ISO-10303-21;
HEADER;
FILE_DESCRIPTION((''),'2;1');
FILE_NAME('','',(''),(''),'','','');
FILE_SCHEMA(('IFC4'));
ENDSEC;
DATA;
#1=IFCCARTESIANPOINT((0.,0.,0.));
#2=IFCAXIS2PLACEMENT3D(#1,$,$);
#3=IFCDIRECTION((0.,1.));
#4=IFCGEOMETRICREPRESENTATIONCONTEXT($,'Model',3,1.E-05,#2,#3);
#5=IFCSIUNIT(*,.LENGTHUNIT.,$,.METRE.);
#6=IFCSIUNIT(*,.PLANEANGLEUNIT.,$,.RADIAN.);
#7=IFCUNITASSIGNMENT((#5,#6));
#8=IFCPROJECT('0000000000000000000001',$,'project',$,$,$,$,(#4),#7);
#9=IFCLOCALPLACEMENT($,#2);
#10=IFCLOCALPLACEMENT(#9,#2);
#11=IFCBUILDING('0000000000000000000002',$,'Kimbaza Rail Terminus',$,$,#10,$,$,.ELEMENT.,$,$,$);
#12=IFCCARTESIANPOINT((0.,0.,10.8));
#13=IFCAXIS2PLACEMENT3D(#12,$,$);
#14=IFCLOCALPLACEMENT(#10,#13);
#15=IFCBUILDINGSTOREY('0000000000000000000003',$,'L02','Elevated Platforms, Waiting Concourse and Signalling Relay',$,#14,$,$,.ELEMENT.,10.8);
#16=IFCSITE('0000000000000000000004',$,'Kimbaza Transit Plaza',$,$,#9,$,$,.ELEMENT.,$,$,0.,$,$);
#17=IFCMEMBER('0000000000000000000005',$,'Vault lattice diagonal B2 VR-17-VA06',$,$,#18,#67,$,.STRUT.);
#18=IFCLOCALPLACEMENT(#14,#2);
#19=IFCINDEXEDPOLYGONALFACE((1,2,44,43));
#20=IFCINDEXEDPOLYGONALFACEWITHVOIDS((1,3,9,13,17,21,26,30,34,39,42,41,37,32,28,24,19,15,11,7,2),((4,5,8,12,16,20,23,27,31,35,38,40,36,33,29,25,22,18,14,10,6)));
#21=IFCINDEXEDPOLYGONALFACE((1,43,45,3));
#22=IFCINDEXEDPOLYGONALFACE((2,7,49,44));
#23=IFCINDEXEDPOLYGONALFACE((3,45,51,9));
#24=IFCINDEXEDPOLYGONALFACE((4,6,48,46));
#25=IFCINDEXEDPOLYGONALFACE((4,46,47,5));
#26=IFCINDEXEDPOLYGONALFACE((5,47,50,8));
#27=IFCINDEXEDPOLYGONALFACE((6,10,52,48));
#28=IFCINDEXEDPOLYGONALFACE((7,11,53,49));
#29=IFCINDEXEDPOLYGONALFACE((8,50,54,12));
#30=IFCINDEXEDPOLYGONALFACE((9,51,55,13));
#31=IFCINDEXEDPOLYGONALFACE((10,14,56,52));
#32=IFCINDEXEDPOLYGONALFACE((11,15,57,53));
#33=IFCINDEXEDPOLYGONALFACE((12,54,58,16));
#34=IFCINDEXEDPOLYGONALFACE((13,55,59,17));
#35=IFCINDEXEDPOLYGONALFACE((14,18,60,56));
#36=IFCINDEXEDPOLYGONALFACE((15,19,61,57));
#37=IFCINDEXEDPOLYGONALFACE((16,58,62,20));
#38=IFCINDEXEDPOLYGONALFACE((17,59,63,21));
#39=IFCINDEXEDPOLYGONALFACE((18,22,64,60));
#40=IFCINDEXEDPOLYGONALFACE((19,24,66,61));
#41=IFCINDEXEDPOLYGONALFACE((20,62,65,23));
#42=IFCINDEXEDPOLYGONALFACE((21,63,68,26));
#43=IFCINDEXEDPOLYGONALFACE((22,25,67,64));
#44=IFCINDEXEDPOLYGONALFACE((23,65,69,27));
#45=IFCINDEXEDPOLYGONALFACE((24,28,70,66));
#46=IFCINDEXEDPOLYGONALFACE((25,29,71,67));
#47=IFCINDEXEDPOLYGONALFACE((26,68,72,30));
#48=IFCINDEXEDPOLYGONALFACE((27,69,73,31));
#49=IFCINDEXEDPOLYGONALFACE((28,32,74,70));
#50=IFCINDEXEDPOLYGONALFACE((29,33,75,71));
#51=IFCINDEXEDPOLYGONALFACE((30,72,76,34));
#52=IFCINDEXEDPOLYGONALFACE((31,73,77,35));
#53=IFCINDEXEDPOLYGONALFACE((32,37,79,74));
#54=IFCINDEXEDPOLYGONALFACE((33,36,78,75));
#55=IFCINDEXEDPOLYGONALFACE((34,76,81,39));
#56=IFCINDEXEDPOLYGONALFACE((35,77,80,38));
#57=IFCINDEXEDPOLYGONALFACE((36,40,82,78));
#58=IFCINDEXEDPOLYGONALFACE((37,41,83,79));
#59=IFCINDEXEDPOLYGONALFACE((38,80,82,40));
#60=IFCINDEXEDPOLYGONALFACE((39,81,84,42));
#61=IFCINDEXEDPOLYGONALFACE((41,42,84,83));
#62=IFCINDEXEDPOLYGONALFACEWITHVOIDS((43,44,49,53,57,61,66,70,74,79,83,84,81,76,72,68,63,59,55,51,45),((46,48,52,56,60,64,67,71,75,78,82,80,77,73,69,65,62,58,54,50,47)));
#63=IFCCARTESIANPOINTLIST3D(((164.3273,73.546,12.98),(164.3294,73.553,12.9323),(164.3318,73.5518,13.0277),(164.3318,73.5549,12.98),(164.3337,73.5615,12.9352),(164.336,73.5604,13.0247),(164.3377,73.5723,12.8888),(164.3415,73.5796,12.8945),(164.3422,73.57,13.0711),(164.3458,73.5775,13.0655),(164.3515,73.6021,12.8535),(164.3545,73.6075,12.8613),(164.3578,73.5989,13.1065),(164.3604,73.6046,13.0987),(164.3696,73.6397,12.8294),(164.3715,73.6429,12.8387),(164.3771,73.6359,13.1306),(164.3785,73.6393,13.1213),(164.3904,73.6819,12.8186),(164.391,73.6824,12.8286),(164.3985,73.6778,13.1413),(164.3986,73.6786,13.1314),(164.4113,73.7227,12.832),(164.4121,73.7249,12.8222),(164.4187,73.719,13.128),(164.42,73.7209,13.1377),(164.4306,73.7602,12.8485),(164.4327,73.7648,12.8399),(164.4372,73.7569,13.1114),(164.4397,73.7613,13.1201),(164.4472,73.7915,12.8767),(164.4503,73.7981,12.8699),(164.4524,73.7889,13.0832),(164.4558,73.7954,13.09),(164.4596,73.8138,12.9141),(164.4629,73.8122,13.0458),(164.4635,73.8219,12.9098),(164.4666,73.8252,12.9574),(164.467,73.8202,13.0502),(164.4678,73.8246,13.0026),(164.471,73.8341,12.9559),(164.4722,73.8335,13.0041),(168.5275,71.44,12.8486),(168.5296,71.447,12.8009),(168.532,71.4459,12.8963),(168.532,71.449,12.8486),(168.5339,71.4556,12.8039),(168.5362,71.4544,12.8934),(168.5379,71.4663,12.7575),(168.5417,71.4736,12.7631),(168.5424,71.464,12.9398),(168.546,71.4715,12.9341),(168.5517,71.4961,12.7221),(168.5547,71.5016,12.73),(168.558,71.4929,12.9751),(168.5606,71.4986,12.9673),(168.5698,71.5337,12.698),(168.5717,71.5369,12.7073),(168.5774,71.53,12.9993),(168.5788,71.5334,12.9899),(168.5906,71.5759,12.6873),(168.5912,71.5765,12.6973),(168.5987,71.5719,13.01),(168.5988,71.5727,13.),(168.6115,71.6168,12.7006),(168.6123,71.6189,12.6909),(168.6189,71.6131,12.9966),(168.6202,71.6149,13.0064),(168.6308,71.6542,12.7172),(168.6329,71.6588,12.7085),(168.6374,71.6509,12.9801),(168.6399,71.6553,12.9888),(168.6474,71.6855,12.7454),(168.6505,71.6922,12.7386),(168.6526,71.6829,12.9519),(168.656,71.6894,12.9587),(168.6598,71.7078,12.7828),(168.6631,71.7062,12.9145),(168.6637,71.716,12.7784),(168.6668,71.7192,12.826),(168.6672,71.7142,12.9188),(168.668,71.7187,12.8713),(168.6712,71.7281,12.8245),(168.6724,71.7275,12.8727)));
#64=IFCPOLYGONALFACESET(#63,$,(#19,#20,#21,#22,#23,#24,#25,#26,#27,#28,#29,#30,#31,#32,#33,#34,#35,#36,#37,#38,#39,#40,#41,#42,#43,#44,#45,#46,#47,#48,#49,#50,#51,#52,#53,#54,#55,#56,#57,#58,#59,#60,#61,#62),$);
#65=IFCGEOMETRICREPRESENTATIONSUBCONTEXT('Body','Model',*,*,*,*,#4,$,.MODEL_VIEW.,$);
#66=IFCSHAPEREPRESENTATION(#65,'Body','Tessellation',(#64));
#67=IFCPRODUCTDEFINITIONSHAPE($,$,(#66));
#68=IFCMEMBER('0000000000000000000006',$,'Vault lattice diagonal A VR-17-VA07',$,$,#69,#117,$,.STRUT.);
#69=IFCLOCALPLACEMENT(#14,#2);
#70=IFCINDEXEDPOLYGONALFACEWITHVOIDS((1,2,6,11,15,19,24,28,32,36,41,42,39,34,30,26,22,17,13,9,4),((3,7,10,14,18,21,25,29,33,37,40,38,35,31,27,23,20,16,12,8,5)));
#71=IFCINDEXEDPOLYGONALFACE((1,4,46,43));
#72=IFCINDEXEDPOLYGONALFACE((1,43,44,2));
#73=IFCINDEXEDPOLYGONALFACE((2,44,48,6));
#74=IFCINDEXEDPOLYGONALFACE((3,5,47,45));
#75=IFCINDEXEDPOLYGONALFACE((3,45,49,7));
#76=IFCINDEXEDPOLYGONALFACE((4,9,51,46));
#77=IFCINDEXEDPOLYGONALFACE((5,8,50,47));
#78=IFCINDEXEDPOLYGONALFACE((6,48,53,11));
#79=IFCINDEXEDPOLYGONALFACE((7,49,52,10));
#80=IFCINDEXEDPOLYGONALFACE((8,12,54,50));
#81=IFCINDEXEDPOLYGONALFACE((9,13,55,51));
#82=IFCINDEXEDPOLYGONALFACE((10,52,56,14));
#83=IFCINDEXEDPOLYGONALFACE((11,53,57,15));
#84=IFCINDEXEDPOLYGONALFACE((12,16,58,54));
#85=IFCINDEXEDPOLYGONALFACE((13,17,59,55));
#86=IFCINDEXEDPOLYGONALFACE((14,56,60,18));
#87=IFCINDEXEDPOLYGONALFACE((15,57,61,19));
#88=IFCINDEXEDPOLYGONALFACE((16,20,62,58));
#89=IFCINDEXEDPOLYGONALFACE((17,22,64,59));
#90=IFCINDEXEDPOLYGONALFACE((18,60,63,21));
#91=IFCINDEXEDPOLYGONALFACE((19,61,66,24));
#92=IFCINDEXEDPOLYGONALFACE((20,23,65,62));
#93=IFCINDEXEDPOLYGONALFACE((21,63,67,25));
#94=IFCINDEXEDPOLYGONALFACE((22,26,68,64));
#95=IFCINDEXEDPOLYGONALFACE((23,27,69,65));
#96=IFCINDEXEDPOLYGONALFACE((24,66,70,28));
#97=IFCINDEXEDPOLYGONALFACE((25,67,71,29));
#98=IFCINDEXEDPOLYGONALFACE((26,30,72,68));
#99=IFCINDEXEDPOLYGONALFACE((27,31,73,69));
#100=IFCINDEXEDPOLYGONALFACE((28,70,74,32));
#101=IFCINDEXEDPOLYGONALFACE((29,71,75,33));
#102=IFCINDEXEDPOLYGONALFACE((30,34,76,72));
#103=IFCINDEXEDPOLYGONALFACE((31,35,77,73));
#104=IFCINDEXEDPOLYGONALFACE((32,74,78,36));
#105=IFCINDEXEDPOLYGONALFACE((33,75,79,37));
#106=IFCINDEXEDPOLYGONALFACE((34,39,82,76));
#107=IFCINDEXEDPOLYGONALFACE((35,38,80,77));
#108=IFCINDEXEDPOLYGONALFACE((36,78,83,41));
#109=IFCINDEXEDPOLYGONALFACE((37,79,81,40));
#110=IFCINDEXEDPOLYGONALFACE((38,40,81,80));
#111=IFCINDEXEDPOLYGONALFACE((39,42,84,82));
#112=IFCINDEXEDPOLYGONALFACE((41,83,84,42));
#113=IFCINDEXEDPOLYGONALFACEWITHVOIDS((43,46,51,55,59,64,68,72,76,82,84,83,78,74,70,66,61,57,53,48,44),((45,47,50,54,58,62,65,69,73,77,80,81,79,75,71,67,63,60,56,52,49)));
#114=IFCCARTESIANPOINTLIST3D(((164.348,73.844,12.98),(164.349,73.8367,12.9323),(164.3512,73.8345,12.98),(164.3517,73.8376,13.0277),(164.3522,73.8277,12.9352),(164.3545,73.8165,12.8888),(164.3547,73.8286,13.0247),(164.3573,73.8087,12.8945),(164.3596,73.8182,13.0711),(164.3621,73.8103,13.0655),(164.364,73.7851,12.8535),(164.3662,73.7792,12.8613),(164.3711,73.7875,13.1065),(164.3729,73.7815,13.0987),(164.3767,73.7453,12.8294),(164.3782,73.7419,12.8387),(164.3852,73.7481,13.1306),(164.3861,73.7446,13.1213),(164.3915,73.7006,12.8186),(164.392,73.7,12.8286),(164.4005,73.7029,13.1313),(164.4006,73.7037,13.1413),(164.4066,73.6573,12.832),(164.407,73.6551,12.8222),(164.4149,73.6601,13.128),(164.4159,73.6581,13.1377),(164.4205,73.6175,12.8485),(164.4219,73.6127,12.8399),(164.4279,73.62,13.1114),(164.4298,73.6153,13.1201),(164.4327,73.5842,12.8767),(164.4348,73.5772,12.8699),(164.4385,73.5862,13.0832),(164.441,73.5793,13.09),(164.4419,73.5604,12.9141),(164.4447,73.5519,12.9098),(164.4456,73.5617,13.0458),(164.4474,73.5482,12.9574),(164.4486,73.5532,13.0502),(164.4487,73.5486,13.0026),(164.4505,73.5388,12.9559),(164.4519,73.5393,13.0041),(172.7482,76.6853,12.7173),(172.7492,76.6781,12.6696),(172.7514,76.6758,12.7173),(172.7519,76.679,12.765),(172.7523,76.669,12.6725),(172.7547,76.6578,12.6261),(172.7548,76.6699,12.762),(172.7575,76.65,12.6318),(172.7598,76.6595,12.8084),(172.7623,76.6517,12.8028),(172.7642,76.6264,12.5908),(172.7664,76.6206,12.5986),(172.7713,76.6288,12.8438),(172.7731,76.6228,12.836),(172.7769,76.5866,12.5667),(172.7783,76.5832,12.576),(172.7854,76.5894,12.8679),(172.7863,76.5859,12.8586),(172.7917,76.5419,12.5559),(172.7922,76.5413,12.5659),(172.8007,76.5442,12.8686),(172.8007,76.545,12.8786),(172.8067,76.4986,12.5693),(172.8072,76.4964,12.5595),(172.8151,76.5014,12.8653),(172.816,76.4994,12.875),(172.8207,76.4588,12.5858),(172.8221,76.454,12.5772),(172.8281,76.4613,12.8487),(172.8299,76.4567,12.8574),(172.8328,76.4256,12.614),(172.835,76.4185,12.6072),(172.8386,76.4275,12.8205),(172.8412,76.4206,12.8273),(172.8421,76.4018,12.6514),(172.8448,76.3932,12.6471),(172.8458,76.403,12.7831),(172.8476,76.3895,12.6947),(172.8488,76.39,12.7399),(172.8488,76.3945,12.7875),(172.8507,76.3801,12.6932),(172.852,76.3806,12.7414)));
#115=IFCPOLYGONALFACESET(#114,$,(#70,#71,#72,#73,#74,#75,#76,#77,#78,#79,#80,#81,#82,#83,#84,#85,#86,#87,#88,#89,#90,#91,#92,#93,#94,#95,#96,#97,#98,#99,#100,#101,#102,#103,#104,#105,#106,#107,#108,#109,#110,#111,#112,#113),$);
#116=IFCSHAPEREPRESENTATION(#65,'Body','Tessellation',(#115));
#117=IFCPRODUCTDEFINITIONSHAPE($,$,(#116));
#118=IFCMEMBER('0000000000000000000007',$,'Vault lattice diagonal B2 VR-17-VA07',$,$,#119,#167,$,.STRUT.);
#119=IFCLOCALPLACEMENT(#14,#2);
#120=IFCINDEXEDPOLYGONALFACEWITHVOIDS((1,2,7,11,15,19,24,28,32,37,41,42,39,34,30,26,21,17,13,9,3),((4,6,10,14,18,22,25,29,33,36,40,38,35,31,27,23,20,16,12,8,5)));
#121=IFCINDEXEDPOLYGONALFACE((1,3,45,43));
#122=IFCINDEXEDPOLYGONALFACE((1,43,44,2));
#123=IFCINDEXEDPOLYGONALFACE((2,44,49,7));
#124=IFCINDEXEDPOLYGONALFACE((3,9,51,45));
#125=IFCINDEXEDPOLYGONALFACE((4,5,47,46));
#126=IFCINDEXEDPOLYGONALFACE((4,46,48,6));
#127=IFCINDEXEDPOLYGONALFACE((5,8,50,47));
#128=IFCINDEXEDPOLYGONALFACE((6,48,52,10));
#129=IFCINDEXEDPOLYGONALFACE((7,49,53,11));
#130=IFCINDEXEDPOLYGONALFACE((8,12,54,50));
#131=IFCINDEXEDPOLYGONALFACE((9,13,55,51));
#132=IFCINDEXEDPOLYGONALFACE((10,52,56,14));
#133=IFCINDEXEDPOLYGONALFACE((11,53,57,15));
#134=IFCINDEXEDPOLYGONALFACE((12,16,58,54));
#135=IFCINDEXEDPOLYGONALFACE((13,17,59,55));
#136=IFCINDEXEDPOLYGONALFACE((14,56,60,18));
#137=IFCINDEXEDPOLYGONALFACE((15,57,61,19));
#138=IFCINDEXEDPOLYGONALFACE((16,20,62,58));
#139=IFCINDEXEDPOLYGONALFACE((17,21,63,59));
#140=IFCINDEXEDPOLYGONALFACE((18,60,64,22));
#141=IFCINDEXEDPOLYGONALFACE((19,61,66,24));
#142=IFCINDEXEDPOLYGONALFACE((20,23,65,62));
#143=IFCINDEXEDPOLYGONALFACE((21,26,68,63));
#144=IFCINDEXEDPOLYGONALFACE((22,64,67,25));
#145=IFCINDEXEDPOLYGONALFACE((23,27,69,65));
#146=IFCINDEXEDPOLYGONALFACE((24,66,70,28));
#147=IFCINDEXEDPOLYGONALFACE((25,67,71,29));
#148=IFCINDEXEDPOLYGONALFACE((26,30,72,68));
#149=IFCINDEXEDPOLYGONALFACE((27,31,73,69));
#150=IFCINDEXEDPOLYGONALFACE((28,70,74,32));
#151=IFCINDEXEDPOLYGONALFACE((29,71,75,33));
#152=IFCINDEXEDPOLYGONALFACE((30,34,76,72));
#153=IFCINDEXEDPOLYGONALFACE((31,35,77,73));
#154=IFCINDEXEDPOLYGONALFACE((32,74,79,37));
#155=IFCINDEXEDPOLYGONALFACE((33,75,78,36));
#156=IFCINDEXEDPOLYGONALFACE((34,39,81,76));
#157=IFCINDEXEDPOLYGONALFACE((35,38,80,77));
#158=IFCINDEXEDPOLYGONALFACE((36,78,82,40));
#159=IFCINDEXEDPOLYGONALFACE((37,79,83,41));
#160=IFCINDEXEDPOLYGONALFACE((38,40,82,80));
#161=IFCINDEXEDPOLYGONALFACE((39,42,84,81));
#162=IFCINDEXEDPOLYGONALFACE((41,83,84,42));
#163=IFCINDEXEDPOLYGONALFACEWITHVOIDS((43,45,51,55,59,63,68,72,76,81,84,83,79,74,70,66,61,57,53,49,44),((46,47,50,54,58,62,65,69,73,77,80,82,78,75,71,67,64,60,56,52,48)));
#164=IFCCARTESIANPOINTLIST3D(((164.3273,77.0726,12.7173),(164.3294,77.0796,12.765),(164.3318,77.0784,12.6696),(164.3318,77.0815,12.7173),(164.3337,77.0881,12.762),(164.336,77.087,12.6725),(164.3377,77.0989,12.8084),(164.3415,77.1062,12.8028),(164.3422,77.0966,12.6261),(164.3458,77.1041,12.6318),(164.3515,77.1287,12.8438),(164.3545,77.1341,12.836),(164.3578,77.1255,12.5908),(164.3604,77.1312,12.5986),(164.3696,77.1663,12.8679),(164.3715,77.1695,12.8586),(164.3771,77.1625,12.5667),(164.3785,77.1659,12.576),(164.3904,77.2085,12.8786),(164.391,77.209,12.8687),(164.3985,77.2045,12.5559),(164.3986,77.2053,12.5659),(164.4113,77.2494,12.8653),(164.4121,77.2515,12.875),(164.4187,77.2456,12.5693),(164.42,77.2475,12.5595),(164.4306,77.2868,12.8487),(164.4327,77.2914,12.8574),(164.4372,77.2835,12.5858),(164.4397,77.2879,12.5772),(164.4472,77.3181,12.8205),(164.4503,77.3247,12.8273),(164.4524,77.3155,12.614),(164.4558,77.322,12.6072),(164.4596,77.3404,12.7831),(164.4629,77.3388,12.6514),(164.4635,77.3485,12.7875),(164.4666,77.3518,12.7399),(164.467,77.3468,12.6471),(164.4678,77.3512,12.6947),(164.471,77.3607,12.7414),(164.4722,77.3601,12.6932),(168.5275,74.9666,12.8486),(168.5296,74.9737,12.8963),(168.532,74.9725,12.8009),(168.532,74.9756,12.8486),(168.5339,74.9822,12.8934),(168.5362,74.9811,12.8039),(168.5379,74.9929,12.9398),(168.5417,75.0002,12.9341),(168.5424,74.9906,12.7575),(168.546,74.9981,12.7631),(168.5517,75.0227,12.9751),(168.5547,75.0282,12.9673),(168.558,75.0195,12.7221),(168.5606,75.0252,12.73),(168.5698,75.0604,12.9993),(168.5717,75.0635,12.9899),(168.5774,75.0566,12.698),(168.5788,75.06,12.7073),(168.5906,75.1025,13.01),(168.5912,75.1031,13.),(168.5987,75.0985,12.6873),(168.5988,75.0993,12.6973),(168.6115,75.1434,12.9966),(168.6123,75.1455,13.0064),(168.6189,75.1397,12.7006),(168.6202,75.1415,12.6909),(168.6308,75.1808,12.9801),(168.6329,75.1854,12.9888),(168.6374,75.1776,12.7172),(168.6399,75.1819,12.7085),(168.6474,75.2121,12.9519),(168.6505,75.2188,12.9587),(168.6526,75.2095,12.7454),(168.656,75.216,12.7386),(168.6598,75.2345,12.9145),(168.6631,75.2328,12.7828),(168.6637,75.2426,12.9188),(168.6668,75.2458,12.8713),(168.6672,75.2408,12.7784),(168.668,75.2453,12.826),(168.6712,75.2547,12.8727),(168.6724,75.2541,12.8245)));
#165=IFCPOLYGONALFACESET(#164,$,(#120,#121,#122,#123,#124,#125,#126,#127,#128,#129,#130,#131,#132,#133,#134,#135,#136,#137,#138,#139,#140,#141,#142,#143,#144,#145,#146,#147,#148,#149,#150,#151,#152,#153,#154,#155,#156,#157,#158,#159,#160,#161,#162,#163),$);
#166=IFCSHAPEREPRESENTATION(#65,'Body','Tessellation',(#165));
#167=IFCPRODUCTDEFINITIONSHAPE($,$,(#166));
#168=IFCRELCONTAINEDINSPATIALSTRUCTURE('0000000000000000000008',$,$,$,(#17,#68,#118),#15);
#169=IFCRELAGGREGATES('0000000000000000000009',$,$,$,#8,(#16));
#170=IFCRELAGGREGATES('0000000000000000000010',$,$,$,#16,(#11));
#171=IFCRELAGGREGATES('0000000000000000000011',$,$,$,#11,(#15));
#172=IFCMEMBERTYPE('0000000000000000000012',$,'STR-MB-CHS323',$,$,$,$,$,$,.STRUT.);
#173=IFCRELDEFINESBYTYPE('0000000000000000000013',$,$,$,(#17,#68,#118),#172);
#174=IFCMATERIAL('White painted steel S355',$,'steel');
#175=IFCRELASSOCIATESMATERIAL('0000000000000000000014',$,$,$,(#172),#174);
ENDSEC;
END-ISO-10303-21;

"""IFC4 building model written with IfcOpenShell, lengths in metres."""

from ifc_helpers import new_model, si_unit, direction, frame, origin, origin_2d, place, context, subcontext, project, spatial, hollow_circle, extrude, material, material_profile, profile_set, type_object, element, save


model = new_model("IFC4")

# Units and contexts
model_context = context("Model", 3, precision=1e-05, world=origin(), true_north=direction((0.0, 1.0)))
body_context = subcontext(model_context, "Body", "Model", "MODEL_VIEW")
ifc_project = project(units=[si_unit("LENGTHUNIT", "METRE"), si_unit("PLANEANGLEUNIT", "RADIAN")], contexts=[model_context])

# Site, building, storey
site_placement = place(None, origin())
site = spatial("IfcSite", under=ifc_project, at=site_placement, Name="Kimbaza Transit Plaza", CompositionType="ELEMENT", RefElevation=0.0)
building_placement = place(site_placement, origin())
building = spatial("IfcBuilding", under=site, at=building_placement, Name="Kimbaza Rail Terminus", CompositionType="ELEMENT")
storey_placement = place(building_placement, frame((0.0, 0.0, 10.8)))
storey = spatial("IfcBuildingStorey", under=building, at=storey_placement, Name="L02", Description="Elevated Platforms, Waiting Concourse and Signalling Relay", CompositionType="ELEMENT", Elevation=10.8)

# Members
ifc_material_1 = material(Name="White painted steel S355", Category="steel")
ifc_material_profile_1 = material_profile(ifc_material_1, hollow_circle(Radius=0.1619, WallThickness=0.01, at=origin_2d()), Name="CHS 323.9x10")
ifc_profile_set_1 = profile_set([ifc_material_profile_1], Name="White painted steel S355")
member_type_1 = type_object("IfcMemberType", Name="STR-MB-CHS323", PredefinedType="STRUT", material=ifc_profile_set_1)
member_1_placement = place(storey_placement, frame((168.6001, 71.5847, 12.8486), z_axis=(-0.893579, 0.448036, 0.027944), x_axis=(-0.448211, -0.893928, 0.0)))
element("IfcMember", 1, at=member_1_placement, inside=storey, type_object=member_type_1, Name="Vault lattice diagonal B2 VR-17-VA06", PredefinedType="STRUT", context=body_context, shape_type="SweptSolid", body=[
    extrude(hollow_circle(Radius=0.1619, WallThickness=0.01, at=origin_2d()), origin(), (0.0, 0.0, 1.0), 4.7004),
])
member_2_placement = place(storey_placement, frame((164.3999, 73.6907, 12.98), z_axis=(0.946863, 0.320272, -0.029611), x_axis=(-0.320412, 0.947278, 0.0)))
element("IfcMember", 2, at=member_2_placement, inside=storey, type_object=member_type_1, Name="Vault lattice diagonal A VR-17-VA07", PredefinedType="STRUT", context=body_context, shape_type="SweptSolid", body=[
    extrude(hollow_circle(Radius=0.1619, WallThickness=0.01, at=origin_2d()), origin(), (0.0, 0.0, 1.0), 8.8716),
])
member_3_placement = place(storey_placement, frame((168.6001, 75.1113, 12.8486), z_axis=(-0.893579, 0.448036, -0.027944), x_axis=(-0.448211, -0.893928, 0.0)))
element("IfcMember", 3, at=member_3_placement, inside=storey, type_object=member_type_1, Name="Vault lattice diagonal B2 VR-17-VA07", PredefinedType="STRUT", context=body_context, shape_type="SweptSolid", body=[
    extrude(hollow_circle(Radius=0.1619, WallThickness=0.01, at=origin_2d()), origin(), (0.0, 0.0, 1.0), 4.7004),
])

save(model, "model.ifc")
